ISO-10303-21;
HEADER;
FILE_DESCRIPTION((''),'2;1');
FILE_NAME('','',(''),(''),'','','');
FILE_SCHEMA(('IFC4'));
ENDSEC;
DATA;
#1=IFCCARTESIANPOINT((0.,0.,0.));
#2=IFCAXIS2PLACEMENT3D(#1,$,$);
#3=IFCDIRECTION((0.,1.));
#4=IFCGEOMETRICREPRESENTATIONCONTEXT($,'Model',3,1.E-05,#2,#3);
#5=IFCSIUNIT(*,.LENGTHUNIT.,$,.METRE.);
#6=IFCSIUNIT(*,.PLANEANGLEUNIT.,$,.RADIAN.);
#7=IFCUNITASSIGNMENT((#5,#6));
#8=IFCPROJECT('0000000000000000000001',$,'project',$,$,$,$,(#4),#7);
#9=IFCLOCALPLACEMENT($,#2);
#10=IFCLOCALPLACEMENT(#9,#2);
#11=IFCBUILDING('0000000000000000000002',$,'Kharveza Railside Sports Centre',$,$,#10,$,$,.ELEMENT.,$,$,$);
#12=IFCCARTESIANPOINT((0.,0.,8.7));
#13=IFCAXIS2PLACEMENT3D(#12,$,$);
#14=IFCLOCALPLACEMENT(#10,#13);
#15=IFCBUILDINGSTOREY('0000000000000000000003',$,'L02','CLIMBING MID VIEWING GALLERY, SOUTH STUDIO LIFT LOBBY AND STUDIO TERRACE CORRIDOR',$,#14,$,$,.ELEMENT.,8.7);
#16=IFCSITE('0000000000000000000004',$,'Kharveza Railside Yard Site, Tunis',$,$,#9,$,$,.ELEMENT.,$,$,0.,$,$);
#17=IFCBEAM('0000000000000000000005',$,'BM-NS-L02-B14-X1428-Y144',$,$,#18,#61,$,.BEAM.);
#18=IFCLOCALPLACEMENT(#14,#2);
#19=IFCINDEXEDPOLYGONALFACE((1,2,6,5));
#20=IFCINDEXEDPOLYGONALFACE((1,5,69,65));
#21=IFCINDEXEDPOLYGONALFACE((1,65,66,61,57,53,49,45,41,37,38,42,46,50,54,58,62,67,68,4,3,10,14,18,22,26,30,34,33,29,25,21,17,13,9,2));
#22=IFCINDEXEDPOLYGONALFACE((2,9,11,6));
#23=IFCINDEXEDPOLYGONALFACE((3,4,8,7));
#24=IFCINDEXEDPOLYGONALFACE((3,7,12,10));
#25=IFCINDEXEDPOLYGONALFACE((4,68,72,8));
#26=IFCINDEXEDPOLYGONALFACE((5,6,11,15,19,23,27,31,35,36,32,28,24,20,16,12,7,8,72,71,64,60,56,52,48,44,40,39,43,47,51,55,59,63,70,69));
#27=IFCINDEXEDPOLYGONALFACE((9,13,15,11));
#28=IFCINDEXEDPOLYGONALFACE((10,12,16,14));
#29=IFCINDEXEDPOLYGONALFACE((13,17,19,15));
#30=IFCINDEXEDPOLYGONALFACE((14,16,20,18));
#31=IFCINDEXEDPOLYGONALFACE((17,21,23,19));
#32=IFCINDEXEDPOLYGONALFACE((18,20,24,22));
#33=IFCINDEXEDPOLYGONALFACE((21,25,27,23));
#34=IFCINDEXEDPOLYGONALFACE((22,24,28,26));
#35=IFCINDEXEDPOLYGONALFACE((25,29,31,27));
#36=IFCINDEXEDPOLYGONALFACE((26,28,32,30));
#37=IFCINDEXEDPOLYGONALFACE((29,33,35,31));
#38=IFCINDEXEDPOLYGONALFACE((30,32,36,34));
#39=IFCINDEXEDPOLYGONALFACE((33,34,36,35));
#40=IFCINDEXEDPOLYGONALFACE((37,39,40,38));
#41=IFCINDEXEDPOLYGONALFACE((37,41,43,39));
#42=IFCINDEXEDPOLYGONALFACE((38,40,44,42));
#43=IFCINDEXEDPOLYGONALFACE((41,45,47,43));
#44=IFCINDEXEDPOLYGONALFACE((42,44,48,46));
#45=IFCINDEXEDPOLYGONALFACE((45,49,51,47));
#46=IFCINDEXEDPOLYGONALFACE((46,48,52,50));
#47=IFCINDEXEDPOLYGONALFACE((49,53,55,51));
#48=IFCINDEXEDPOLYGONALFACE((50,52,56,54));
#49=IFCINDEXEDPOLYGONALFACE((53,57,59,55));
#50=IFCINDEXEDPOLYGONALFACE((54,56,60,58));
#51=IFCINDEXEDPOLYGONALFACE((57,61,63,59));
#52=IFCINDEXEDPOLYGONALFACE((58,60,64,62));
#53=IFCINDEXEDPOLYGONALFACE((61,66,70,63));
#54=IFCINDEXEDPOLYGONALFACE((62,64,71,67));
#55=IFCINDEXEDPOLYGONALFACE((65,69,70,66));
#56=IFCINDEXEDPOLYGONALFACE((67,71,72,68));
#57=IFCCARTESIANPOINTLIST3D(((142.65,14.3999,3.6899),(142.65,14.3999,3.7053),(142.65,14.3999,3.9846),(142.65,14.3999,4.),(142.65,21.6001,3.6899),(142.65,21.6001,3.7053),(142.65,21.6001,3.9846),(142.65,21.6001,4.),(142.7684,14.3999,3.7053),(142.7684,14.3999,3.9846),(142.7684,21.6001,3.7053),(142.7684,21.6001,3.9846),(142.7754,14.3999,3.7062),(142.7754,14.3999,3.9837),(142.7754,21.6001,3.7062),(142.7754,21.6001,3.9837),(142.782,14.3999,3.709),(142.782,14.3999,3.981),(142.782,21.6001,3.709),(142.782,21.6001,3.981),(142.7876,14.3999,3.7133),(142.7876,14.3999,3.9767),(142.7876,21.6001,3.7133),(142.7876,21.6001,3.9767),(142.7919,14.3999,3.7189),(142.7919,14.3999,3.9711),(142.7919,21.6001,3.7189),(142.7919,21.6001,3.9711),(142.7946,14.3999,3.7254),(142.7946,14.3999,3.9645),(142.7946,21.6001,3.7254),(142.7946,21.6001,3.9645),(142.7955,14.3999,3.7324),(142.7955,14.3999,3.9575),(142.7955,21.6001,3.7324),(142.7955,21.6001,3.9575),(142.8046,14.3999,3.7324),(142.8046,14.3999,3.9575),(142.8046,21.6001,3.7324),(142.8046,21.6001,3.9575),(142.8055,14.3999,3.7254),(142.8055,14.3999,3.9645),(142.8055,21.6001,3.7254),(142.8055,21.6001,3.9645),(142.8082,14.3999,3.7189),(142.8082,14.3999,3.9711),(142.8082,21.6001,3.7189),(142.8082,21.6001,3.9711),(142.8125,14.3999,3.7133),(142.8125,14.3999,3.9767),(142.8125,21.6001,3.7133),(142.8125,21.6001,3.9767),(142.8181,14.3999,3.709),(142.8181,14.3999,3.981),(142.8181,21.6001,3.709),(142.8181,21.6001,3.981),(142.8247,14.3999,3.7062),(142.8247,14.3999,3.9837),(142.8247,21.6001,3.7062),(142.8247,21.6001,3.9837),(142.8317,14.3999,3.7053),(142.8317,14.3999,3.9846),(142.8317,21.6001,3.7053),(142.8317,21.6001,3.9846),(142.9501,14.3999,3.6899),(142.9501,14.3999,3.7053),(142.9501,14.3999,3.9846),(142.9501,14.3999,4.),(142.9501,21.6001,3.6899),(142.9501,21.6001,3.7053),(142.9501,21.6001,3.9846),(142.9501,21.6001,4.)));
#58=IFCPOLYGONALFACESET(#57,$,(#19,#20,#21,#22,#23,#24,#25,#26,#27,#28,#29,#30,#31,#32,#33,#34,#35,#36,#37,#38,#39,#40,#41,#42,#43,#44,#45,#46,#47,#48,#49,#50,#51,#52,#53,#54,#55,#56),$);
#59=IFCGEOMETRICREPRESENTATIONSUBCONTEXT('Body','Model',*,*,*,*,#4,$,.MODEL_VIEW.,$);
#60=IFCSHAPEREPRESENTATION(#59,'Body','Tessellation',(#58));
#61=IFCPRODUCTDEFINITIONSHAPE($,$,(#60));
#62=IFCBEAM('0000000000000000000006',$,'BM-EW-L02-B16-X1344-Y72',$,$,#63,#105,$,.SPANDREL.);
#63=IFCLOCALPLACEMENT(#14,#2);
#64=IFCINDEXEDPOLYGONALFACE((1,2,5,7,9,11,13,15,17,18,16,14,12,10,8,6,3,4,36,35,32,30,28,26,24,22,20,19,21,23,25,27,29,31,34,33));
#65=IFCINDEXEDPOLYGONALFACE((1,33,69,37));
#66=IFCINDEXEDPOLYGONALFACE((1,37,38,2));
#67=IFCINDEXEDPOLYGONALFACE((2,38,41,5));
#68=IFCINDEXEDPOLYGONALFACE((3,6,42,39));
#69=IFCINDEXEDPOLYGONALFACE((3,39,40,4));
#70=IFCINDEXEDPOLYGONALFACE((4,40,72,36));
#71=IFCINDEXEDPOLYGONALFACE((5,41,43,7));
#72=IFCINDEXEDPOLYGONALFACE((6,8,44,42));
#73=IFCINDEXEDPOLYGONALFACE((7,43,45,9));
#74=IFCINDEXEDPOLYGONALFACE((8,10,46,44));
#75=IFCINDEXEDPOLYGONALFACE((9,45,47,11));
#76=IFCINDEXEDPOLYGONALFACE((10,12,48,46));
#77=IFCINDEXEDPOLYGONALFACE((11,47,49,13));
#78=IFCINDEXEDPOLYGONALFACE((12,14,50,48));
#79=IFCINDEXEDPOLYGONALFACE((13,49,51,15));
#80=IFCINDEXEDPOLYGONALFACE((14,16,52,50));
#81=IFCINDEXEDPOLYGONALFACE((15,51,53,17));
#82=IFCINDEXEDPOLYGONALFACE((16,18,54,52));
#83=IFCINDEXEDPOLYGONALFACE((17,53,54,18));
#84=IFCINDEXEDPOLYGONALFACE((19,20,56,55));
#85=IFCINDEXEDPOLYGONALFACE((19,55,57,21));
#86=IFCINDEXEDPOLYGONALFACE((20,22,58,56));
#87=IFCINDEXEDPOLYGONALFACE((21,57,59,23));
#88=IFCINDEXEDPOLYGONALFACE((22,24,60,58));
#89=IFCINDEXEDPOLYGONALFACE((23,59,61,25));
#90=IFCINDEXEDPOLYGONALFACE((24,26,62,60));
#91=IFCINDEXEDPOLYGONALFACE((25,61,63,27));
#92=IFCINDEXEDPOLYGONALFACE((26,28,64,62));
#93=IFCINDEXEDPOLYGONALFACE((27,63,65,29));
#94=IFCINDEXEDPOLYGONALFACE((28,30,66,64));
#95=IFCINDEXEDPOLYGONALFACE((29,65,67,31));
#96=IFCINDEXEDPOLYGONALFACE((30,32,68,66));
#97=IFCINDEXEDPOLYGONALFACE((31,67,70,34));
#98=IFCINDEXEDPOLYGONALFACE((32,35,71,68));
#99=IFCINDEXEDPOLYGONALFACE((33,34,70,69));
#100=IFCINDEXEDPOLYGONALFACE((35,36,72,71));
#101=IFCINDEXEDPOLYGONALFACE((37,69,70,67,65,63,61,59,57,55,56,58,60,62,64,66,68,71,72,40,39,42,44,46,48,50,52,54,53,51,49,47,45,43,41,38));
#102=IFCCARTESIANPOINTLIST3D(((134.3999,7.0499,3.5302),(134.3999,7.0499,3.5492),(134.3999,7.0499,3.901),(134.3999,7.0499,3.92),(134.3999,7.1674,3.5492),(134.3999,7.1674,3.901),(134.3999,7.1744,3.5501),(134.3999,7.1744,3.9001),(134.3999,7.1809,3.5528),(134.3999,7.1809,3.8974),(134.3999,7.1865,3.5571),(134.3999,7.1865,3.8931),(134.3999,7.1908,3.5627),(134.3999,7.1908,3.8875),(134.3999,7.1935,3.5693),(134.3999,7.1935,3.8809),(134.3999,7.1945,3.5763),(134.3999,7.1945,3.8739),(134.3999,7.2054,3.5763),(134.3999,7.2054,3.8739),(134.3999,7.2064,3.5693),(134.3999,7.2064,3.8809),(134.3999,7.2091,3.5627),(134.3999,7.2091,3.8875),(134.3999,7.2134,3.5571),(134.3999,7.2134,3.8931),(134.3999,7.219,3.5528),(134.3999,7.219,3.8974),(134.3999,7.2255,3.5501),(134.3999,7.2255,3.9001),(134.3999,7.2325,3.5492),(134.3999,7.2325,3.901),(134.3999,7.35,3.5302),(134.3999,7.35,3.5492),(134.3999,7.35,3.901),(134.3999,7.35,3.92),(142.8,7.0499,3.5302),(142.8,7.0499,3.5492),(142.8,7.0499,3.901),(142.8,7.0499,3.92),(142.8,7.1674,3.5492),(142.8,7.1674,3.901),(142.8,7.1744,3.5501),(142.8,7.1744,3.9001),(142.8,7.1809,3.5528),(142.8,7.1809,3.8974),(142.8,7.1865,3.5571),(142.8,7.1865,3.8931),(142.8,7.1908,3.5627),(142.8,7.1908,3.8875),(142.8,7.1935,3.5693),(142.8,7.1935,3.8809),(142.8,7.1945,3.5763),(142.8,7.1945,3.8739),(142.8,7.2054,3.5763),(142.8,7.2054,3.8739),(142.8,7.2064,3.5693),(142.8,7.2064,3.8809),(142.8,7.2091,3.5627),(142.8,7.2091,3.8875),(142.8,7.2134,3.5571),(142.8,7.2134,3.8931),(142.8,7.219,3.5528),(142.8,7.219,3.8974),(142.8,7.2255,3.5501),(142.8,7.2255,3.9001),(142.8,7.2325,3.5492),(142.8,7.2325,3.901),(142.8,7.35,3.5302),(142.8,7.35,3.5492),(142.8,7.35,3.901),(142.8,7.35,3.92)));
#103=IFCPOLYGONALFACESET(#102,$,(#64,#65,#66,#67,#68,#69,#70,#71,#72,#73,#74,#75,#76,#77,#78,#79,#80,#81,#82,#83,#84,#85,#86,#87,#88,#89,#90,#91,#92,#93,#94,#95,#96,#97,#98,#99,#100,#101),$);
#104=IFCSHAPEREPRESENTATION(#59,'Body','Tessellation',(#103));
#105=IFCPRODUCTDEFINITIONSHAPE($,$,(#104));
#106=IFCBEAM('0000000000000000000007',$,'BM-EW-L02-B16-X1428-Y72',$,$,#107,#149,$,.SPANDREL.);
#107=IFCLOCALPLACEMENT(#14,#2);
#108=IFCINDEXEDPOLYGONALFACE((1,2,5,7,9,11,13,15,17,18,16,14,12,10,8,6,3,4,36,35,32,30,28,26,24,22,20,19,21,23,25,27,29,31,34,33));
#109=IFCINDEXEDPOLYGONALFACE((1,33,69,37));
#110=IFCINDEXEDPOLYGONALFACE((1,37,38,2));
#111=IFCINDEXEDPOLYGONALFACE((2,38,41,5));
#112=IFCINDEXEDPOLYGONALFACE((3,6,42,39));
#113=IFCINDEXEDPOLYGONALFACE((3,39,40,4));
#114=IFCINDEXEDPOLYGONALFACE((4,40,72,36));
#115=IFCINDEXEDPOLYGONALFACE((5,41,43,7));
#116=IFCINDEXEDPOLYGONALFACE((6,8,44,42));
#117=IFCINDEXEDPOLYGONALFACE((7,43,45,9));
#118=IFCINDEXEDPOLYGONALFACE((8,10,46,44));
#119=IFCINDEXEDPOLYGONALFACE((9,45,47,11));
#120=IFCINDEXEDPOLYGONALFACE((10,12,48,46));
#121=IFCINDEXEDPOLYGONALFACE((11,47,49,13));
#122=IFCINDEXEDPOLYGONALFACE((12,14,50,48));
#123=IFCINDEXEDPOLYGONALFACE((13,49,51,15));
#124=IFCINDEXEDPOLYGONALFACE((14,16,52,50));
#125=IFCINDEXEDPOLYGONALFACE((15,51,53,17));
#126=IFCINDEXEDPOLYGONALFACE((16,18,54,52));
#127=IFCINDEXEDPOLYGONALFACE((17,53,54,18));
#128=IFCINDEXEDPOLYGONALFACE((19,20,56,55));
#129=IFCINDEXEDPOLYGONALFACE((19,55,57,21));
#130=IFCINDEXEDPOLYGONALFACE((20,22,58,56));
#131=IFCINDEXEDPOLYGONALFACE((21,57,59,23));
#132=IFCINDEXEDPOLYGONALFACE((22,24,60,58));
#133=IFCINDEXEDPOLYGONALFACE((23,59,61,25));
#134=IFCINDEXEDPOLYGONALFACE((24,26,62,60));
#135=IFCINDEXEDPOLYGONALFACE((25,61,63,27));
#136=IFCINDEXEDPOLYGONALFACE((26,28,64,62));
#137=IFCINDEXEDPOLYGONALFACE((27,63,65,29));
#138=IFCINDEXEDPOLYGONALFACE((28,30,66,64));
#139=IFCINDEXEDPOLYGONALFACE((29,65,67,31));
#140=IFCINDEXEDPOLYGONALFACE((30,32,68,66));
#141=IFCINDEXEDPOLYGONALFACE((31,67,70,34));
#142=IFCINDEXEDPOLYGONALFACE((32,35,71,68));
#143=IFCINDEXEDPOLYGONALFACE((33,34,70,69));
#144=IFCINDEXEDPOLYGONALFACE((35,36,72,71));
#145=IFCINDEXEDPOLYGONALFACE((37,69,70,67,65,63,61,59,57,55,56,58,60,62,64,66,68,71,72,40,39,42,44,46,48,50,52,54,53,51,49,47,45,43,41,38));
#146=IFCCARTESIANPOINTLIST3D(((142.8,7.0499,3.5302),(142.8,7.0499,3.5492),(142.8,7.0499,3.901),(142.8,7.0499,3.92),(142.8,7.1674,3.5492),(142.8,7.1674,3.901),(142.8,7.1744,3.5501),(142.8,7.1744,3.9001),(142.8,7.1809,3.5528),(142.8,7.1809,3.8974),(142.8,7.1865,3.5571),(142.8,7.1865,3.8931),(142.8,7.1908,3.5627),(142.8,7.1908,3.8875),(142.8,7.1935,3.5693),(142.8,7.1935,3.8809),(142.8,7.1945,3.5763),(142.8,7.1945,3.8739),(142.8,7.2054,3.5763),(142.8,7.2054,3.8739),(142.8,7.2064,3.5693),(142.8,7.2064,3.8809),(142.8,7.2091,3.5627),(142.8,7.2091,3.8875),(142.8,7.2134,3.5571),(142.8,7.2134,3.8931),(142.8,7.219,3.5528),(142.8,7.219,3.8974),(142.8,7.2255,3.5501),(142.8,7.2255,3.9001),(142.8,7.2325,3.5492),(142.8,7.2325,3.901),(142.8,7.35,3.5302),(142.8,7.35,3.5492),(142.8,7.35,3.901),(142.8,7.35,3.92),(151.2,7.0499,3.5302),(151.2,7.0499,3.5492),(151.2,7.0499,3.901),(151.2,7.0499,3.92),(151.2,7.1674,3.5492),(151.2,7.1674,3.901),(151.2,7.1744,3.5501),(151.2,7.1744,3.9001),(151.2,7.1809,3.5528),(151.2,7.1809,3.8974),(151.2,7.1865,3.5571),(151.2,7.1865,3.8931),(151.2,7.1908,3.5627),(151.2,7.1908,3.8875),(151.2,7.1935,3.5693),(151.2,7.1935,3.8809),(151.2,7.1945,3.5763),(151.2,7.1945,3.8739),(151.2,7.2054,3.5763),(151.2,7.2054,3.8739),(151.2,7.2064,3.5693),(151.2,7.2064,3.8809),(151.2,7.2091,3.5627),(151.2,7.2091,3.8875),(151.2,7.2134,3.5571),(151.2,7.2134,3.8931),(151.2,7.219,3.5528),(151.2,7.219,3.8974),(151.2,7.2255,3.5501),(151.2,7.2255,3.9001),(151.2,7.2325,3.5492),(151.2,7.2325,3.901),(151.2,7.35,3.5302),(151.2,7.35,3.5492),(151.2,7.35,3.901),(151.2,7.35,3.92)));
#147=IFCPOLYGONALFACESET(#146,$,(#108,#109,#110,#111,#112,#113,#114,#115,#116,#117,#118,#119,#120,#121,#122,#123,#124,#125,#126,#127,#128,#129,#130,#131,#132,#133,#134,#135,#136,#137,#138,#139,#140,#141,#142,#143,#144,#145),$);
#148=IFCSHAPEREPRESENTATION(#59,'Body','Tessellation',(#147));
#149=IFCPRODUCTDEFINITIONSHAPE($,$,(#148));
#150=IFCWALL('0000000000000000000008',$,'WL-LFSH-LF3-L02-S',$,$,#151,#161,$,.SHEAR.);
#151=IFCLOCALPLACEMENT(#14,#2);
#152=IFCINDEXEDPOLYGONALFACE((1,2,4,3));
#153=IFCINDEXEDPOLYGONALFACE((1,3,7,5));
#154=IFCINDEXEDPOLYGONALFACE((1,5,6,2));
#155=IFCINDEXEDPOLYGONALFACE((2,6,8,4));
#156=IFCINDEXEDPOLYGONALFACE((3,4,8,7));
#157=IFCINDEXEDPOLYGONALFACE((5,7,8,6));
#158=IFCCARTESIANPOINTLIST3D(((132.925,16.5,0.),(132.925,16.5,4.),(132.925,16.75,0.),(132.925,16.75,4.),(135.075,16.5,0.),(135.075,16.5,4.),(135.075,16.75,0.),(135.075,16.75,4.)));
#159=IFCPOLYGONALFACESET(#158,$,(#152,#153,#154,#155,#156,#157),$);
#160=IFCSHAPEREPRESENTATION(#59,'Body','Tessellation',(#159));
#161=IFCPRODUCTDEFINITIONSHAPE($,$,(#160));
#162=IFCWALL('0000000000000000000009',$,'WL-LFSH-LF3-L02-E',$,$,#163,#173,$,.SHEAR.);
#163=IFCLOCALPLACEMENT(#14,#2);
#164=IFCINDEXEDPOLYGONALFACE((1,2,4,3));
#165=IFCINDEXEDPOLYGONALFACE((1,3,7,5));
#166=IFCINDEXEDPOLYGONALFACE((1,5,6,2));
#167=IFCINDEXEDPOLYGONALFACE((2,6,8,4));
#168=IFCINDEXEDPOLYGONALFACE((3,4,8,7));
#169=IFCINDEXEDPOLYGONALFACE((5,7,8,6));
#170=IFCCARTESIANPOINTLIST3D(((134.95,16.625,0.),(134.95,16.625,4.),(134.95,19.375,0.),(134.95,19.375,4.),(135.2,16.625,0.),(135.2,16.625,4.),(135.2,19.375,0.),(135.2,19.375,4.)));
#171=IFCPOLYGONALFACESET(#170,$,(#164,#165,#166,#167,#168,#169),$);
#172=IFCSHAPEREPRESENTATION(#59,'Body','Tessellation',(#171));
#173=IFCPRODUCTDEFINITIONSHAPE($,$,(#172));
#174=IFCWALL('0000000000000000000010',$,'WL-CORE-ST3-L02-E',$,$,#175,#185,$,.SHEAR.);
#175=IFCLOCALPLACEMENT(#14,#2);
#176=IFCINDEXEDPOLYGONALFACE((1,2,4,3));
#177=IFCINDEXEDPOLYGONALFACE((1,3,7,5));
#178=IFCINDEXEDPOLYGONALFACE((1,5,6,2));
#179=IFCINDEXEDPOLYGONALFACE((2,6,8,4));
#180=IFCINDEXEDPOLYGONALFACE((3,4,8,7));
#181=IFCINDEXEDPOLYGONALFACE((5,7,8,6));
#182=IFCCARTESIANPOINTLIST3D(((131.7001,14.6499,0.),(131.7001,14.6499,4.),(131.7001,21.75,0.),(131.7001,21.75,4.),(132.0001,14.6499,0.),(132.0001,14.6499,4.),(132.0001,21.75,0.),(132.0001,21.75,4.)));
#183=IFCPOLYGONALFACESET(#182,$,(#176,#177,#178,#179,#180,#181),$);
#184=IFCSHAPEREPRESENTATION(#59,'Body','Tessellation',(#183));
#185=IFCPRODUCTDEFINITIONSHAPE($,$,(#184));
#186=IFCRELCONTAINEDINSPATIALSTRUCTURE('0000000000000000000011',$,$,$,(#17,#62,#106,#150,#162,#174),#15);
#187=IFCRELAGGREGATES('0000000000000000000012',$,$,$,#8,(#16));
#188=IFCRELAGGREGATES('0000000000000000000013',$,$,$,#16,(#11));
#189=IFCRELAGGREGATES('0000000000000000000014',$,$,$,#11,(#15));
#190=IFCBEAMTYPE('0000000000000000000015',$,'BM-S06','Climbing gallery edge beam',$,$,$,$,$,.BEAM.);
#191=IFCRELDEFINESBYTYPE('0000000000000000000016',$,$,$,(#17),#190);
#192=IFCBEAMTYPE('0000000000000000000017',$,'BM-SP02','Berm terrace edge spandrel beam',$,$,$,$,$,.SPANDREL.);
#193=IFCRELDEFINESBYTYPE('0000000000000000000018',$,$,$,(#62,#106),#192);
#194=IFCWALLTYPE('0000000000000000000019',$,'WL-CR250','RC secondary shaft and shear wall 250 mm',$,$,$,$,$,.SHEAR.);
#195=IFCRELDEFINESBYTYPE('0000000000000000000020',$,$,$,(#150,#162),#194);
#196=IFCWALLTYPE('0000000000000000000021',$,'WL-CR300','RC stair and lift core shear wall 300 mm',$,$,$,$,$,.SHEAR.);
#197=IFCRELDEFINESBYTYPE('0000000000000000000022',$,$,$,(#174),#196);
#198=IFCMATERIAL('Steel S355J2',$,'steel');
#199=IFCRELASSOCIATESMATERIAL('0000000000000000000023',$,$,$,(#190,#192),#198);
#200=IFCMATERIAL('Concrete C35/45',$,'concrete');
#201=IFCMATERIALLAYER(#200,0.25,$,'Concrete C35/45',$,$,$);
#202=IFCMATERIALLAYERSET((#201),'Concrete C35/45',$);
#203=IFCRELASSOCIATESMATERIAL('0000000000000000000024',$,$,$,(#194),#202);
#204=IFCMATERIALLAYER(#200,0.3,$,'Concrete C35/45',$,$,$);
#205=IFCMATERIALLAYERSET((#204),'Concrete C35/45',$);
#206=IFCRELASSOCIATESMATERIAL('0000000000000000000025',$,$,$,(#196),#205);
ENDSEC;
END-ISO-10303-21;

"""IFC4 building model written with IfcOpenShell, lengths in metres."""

from ifc_helpers import new_model, si_unit, direction, frame, frame_2d, origin, origin_2d, place, context, subcontext, project, spatial, rectangle, i_section, extrude, material, layer, layer_set, material_profile, profile_set, type_object, element, save


model = new_model("IFC4")

# Units and contexts
model_context = context("Model", 3, precision=1e-05, world=origin(), true_north=direction((0.0, 1.0)))
body_context = subcontext(model_context, "Body", "Model", "MODEL_VIEW")
ifc_project = project(units=[si_unit("LENGTHUNIT", "METRE"), si_unit("PLANEANGLEUNIT", "RADIAN")], contexts=[model_context])

# Site, building, storey
site_placement = place(None, origin())
site = spatial("IfcSite", under=ifc_project, at=site_placement, Name="Kharveza Railside Yard Site, Tunis", CompositionType="ELEMENT", RefElevation=0.0)
building_placement = place(site_placement, origin())
building = spatial("IfcBuilding", under=site, at=building_placement, Name="Kharveza Railside Sports Centre", CompositionType="ELEMENT")
storey_placement = place(building_placement, frame((0.0, 0.0, 8.7)))
storey = spatial("IfcBuildingStorey", under=building, at=storey_placement, Name="L02", Description="CLIMBING MID VIEWING GALLERY, SOUTH STUDIO LIFT LOBBY AND STUDIO TERRACE CORRIDOR", CompositionType="ELEMENT", Elevation=8.7)

# Shared definitions
ifc_material_1 = material(Name="Steel S355J2", Category="steel")

# Beams
ifc_material_profile_1 = material_profile(ifc_material_1, i_section(OverallWidth=0.3, OverallDepth=0.3101, WebThickness=0.009, FlangeThickness=0.0154, FilletRadius=0.0271, at=origin_2d()), Name="HEA 320")
ifc_profile_set_1 = profile_set([ifc_material_profile_1], Name="Steel S355J2")
beam_type_1 = type_object("IfcBeamType", Name="BM-S06", Description="Climbing gallery edge beam", PredefinedType="BEAM", material=ifc_profile_set_1)
beam_1_placement = place(storey_placement, frame((142.8, 14.3999, 3.845), z_axis=(0.0, 1.0, 0.0), x_axis=(-1.0, 0.0, 0.0)))
element("IfcBeam", 1, at=beam_1_placement, inside=storey, type_object=beam_type_1, Name="BM-NS-L02-B14-X1428-Y144", PredefinedType="BEAM", context=body_context, shape_type="SweptSolid", body=[
    extrude(i_section(OverallWidth=0.3, OverallDepth=0.3101, WebThickness=0.009, FlangeThickness=0.0154, FilletRadius=0.0271, at=origin_2d()), origin(), (0.0, 0.0, 1.0), 7.2002),
])
ifc_material_profile_2 = material_profile(ifc_material_1, i_section(OverallWidth=0.3, OverallDepth=0.3899, WebThickness=0.011, FlangeThickness=0.019, FilletRadius=0.0271, at=origin_2d()), Name="HEA 400")
ifc_profile_set_2 = profile_set([ifc_material_profile_2], Name="Steel S355J2")
beam_type_2 = type_object("IfcBeamType", Name="BM-SP02", Description="Berm terrace edge spandrel beam", PredefinedType="SPANDREL", material=ifc_profile_set_2)
beam_2_placement = place(storey_placement, frame((134.3999, 7.2, 3.7251), z_axis=(1.0, 0.0, 0.0), x_axis=(0.0, 1.0, 0.0)))
element("IfcBeam", 2, at=beam_2_placement, inside=storey, type_object=beam_type_2, Name="BM-EW-L02-B16-X1344-Y72", PredefinedType="SPANDREL", context=body_context, shape_type="SweptSolid", body=[
    extrude(i_section(OverallWidth=0.3, OverallDepth=0.3899, WebThickness=0.011, FlangeThickness=0.019, FilletRadius=0.0271, at=origin_2d()), origin(), (0.0, 0.0, 1.0), 8.4001),
])
beam_3_placement = place(storey_placement, frame((142.8, 7.2, 3.7251), z_axis=(1.0, 0.0, 0.0), x_axis=(0.0, 1.0, 0.0)))
element("IfcBeam", 3, at=beam_3_placement, inside=storey, type_object=beam_type_2, Name="BM-EW-L02-B16-X1428-Y72", PredefinedType="SPANDREL", context=body_context, shape_type="SweptSolid", body=[
    extrude(i_section(OverallWidth=0.3, OverallDepth=0.3899, WebThickness=0.011, FlangeThickness=0.019, FilletRadius=0.0271, at=origin_2d()), origin(), (0.0, 0.0, 1.0), 8.3999),
])

# Walls
ifc_material_2 = material(Name="Concrete C35/45", Category="concrete")
ifc_layer_1 = layer(ifc_material_2, 0.25, Name="Concrete C35/45")
ifc_layer_set_1 = layer_set([ifc_layer_1], Name="Concrete C35/45")
wall_type_1 = type_object("IfcWallType", Name="WL-CR250", Description="RC secondary shaft and shear wall 250 mm", PredefinedType="SHEAR", material=ifc_layer_set_1)
wall_1_placement = place(storey_placement, frame((132.925, 16.625, 0.0), z_axis=(0.0, 0.0, 1.0), x_axis=(1.0, 0.0, 0.0)))
element("IfcWall", 4, at=wall_1_placement, inside=storey, type_object=wall_type_1, Name="WL-LFSH-LF3-L02-S", PredefinedType="SHEAR", context=body_context, shape_type="SweptSolid", body=[
    extrude(rectangle(XDim=2.1499, YDim=0.25, at=frame_2d((1.075, 0.0))), origin(), (0.0, 0.0, 1.0), 4.0),
])
wall_2_placement = place(storey_placement, frame((135.075, 16.625, 0.0), z_axis=(0.0, 0.0, 1.0), x_axis=(0.0, 1.0, 0.0)))
element("IfcWall", 5, at=wall_2_placement, inside=storey, type_object=wall_type_1, Name="WL-LFSH-LF3-L02-E", PredefinedType="SHEAR", context=body_context, shape_type="SweptSolid", body=[
    extrude(rectangle(XDim=2.75, YDim=0.25, at=frame_2d((1.375, 0.0))), origin(), (0.0, 0.0, 1.0), 4.0),
])
ifc_layer_2 = layer(ifc_material_2, 0.3, Name="Concrete C35/45")
ifc_layer_set_2 = layer_set([ifc_layer_2], Name="Concrete C35/45")
wall_type_2 = type_object("IfcWallType", Name="WL-CR300", Description="RC stair and lift core shear wall 300 mm", PredefinedType="SHEAR", material=ifc_layer_set_2)
wall_3_placement = place(storey_placement, frame((131.8501, 14.6499, 0.0), z_axis=(0.0, 0.0, 1.0), x_axis=(0.0, 1.0, 0.0)))
element("IfcWall", 6, at=wall_3_placement, inside=storey, type_object=wall_type_2, Name="WL-CORE-ST3-L02-E", PredefinedType="SHEAR", context=body_context, shape_type="SweptSolid", body=[
    extrude(rectangle(XDim=7.1001, YDim=0.3, at=frame_2d((3.55, 0.0))), origin(), (0.0, 0.0, 1.0), 4.0),
])

save(model, "model.ifc")
